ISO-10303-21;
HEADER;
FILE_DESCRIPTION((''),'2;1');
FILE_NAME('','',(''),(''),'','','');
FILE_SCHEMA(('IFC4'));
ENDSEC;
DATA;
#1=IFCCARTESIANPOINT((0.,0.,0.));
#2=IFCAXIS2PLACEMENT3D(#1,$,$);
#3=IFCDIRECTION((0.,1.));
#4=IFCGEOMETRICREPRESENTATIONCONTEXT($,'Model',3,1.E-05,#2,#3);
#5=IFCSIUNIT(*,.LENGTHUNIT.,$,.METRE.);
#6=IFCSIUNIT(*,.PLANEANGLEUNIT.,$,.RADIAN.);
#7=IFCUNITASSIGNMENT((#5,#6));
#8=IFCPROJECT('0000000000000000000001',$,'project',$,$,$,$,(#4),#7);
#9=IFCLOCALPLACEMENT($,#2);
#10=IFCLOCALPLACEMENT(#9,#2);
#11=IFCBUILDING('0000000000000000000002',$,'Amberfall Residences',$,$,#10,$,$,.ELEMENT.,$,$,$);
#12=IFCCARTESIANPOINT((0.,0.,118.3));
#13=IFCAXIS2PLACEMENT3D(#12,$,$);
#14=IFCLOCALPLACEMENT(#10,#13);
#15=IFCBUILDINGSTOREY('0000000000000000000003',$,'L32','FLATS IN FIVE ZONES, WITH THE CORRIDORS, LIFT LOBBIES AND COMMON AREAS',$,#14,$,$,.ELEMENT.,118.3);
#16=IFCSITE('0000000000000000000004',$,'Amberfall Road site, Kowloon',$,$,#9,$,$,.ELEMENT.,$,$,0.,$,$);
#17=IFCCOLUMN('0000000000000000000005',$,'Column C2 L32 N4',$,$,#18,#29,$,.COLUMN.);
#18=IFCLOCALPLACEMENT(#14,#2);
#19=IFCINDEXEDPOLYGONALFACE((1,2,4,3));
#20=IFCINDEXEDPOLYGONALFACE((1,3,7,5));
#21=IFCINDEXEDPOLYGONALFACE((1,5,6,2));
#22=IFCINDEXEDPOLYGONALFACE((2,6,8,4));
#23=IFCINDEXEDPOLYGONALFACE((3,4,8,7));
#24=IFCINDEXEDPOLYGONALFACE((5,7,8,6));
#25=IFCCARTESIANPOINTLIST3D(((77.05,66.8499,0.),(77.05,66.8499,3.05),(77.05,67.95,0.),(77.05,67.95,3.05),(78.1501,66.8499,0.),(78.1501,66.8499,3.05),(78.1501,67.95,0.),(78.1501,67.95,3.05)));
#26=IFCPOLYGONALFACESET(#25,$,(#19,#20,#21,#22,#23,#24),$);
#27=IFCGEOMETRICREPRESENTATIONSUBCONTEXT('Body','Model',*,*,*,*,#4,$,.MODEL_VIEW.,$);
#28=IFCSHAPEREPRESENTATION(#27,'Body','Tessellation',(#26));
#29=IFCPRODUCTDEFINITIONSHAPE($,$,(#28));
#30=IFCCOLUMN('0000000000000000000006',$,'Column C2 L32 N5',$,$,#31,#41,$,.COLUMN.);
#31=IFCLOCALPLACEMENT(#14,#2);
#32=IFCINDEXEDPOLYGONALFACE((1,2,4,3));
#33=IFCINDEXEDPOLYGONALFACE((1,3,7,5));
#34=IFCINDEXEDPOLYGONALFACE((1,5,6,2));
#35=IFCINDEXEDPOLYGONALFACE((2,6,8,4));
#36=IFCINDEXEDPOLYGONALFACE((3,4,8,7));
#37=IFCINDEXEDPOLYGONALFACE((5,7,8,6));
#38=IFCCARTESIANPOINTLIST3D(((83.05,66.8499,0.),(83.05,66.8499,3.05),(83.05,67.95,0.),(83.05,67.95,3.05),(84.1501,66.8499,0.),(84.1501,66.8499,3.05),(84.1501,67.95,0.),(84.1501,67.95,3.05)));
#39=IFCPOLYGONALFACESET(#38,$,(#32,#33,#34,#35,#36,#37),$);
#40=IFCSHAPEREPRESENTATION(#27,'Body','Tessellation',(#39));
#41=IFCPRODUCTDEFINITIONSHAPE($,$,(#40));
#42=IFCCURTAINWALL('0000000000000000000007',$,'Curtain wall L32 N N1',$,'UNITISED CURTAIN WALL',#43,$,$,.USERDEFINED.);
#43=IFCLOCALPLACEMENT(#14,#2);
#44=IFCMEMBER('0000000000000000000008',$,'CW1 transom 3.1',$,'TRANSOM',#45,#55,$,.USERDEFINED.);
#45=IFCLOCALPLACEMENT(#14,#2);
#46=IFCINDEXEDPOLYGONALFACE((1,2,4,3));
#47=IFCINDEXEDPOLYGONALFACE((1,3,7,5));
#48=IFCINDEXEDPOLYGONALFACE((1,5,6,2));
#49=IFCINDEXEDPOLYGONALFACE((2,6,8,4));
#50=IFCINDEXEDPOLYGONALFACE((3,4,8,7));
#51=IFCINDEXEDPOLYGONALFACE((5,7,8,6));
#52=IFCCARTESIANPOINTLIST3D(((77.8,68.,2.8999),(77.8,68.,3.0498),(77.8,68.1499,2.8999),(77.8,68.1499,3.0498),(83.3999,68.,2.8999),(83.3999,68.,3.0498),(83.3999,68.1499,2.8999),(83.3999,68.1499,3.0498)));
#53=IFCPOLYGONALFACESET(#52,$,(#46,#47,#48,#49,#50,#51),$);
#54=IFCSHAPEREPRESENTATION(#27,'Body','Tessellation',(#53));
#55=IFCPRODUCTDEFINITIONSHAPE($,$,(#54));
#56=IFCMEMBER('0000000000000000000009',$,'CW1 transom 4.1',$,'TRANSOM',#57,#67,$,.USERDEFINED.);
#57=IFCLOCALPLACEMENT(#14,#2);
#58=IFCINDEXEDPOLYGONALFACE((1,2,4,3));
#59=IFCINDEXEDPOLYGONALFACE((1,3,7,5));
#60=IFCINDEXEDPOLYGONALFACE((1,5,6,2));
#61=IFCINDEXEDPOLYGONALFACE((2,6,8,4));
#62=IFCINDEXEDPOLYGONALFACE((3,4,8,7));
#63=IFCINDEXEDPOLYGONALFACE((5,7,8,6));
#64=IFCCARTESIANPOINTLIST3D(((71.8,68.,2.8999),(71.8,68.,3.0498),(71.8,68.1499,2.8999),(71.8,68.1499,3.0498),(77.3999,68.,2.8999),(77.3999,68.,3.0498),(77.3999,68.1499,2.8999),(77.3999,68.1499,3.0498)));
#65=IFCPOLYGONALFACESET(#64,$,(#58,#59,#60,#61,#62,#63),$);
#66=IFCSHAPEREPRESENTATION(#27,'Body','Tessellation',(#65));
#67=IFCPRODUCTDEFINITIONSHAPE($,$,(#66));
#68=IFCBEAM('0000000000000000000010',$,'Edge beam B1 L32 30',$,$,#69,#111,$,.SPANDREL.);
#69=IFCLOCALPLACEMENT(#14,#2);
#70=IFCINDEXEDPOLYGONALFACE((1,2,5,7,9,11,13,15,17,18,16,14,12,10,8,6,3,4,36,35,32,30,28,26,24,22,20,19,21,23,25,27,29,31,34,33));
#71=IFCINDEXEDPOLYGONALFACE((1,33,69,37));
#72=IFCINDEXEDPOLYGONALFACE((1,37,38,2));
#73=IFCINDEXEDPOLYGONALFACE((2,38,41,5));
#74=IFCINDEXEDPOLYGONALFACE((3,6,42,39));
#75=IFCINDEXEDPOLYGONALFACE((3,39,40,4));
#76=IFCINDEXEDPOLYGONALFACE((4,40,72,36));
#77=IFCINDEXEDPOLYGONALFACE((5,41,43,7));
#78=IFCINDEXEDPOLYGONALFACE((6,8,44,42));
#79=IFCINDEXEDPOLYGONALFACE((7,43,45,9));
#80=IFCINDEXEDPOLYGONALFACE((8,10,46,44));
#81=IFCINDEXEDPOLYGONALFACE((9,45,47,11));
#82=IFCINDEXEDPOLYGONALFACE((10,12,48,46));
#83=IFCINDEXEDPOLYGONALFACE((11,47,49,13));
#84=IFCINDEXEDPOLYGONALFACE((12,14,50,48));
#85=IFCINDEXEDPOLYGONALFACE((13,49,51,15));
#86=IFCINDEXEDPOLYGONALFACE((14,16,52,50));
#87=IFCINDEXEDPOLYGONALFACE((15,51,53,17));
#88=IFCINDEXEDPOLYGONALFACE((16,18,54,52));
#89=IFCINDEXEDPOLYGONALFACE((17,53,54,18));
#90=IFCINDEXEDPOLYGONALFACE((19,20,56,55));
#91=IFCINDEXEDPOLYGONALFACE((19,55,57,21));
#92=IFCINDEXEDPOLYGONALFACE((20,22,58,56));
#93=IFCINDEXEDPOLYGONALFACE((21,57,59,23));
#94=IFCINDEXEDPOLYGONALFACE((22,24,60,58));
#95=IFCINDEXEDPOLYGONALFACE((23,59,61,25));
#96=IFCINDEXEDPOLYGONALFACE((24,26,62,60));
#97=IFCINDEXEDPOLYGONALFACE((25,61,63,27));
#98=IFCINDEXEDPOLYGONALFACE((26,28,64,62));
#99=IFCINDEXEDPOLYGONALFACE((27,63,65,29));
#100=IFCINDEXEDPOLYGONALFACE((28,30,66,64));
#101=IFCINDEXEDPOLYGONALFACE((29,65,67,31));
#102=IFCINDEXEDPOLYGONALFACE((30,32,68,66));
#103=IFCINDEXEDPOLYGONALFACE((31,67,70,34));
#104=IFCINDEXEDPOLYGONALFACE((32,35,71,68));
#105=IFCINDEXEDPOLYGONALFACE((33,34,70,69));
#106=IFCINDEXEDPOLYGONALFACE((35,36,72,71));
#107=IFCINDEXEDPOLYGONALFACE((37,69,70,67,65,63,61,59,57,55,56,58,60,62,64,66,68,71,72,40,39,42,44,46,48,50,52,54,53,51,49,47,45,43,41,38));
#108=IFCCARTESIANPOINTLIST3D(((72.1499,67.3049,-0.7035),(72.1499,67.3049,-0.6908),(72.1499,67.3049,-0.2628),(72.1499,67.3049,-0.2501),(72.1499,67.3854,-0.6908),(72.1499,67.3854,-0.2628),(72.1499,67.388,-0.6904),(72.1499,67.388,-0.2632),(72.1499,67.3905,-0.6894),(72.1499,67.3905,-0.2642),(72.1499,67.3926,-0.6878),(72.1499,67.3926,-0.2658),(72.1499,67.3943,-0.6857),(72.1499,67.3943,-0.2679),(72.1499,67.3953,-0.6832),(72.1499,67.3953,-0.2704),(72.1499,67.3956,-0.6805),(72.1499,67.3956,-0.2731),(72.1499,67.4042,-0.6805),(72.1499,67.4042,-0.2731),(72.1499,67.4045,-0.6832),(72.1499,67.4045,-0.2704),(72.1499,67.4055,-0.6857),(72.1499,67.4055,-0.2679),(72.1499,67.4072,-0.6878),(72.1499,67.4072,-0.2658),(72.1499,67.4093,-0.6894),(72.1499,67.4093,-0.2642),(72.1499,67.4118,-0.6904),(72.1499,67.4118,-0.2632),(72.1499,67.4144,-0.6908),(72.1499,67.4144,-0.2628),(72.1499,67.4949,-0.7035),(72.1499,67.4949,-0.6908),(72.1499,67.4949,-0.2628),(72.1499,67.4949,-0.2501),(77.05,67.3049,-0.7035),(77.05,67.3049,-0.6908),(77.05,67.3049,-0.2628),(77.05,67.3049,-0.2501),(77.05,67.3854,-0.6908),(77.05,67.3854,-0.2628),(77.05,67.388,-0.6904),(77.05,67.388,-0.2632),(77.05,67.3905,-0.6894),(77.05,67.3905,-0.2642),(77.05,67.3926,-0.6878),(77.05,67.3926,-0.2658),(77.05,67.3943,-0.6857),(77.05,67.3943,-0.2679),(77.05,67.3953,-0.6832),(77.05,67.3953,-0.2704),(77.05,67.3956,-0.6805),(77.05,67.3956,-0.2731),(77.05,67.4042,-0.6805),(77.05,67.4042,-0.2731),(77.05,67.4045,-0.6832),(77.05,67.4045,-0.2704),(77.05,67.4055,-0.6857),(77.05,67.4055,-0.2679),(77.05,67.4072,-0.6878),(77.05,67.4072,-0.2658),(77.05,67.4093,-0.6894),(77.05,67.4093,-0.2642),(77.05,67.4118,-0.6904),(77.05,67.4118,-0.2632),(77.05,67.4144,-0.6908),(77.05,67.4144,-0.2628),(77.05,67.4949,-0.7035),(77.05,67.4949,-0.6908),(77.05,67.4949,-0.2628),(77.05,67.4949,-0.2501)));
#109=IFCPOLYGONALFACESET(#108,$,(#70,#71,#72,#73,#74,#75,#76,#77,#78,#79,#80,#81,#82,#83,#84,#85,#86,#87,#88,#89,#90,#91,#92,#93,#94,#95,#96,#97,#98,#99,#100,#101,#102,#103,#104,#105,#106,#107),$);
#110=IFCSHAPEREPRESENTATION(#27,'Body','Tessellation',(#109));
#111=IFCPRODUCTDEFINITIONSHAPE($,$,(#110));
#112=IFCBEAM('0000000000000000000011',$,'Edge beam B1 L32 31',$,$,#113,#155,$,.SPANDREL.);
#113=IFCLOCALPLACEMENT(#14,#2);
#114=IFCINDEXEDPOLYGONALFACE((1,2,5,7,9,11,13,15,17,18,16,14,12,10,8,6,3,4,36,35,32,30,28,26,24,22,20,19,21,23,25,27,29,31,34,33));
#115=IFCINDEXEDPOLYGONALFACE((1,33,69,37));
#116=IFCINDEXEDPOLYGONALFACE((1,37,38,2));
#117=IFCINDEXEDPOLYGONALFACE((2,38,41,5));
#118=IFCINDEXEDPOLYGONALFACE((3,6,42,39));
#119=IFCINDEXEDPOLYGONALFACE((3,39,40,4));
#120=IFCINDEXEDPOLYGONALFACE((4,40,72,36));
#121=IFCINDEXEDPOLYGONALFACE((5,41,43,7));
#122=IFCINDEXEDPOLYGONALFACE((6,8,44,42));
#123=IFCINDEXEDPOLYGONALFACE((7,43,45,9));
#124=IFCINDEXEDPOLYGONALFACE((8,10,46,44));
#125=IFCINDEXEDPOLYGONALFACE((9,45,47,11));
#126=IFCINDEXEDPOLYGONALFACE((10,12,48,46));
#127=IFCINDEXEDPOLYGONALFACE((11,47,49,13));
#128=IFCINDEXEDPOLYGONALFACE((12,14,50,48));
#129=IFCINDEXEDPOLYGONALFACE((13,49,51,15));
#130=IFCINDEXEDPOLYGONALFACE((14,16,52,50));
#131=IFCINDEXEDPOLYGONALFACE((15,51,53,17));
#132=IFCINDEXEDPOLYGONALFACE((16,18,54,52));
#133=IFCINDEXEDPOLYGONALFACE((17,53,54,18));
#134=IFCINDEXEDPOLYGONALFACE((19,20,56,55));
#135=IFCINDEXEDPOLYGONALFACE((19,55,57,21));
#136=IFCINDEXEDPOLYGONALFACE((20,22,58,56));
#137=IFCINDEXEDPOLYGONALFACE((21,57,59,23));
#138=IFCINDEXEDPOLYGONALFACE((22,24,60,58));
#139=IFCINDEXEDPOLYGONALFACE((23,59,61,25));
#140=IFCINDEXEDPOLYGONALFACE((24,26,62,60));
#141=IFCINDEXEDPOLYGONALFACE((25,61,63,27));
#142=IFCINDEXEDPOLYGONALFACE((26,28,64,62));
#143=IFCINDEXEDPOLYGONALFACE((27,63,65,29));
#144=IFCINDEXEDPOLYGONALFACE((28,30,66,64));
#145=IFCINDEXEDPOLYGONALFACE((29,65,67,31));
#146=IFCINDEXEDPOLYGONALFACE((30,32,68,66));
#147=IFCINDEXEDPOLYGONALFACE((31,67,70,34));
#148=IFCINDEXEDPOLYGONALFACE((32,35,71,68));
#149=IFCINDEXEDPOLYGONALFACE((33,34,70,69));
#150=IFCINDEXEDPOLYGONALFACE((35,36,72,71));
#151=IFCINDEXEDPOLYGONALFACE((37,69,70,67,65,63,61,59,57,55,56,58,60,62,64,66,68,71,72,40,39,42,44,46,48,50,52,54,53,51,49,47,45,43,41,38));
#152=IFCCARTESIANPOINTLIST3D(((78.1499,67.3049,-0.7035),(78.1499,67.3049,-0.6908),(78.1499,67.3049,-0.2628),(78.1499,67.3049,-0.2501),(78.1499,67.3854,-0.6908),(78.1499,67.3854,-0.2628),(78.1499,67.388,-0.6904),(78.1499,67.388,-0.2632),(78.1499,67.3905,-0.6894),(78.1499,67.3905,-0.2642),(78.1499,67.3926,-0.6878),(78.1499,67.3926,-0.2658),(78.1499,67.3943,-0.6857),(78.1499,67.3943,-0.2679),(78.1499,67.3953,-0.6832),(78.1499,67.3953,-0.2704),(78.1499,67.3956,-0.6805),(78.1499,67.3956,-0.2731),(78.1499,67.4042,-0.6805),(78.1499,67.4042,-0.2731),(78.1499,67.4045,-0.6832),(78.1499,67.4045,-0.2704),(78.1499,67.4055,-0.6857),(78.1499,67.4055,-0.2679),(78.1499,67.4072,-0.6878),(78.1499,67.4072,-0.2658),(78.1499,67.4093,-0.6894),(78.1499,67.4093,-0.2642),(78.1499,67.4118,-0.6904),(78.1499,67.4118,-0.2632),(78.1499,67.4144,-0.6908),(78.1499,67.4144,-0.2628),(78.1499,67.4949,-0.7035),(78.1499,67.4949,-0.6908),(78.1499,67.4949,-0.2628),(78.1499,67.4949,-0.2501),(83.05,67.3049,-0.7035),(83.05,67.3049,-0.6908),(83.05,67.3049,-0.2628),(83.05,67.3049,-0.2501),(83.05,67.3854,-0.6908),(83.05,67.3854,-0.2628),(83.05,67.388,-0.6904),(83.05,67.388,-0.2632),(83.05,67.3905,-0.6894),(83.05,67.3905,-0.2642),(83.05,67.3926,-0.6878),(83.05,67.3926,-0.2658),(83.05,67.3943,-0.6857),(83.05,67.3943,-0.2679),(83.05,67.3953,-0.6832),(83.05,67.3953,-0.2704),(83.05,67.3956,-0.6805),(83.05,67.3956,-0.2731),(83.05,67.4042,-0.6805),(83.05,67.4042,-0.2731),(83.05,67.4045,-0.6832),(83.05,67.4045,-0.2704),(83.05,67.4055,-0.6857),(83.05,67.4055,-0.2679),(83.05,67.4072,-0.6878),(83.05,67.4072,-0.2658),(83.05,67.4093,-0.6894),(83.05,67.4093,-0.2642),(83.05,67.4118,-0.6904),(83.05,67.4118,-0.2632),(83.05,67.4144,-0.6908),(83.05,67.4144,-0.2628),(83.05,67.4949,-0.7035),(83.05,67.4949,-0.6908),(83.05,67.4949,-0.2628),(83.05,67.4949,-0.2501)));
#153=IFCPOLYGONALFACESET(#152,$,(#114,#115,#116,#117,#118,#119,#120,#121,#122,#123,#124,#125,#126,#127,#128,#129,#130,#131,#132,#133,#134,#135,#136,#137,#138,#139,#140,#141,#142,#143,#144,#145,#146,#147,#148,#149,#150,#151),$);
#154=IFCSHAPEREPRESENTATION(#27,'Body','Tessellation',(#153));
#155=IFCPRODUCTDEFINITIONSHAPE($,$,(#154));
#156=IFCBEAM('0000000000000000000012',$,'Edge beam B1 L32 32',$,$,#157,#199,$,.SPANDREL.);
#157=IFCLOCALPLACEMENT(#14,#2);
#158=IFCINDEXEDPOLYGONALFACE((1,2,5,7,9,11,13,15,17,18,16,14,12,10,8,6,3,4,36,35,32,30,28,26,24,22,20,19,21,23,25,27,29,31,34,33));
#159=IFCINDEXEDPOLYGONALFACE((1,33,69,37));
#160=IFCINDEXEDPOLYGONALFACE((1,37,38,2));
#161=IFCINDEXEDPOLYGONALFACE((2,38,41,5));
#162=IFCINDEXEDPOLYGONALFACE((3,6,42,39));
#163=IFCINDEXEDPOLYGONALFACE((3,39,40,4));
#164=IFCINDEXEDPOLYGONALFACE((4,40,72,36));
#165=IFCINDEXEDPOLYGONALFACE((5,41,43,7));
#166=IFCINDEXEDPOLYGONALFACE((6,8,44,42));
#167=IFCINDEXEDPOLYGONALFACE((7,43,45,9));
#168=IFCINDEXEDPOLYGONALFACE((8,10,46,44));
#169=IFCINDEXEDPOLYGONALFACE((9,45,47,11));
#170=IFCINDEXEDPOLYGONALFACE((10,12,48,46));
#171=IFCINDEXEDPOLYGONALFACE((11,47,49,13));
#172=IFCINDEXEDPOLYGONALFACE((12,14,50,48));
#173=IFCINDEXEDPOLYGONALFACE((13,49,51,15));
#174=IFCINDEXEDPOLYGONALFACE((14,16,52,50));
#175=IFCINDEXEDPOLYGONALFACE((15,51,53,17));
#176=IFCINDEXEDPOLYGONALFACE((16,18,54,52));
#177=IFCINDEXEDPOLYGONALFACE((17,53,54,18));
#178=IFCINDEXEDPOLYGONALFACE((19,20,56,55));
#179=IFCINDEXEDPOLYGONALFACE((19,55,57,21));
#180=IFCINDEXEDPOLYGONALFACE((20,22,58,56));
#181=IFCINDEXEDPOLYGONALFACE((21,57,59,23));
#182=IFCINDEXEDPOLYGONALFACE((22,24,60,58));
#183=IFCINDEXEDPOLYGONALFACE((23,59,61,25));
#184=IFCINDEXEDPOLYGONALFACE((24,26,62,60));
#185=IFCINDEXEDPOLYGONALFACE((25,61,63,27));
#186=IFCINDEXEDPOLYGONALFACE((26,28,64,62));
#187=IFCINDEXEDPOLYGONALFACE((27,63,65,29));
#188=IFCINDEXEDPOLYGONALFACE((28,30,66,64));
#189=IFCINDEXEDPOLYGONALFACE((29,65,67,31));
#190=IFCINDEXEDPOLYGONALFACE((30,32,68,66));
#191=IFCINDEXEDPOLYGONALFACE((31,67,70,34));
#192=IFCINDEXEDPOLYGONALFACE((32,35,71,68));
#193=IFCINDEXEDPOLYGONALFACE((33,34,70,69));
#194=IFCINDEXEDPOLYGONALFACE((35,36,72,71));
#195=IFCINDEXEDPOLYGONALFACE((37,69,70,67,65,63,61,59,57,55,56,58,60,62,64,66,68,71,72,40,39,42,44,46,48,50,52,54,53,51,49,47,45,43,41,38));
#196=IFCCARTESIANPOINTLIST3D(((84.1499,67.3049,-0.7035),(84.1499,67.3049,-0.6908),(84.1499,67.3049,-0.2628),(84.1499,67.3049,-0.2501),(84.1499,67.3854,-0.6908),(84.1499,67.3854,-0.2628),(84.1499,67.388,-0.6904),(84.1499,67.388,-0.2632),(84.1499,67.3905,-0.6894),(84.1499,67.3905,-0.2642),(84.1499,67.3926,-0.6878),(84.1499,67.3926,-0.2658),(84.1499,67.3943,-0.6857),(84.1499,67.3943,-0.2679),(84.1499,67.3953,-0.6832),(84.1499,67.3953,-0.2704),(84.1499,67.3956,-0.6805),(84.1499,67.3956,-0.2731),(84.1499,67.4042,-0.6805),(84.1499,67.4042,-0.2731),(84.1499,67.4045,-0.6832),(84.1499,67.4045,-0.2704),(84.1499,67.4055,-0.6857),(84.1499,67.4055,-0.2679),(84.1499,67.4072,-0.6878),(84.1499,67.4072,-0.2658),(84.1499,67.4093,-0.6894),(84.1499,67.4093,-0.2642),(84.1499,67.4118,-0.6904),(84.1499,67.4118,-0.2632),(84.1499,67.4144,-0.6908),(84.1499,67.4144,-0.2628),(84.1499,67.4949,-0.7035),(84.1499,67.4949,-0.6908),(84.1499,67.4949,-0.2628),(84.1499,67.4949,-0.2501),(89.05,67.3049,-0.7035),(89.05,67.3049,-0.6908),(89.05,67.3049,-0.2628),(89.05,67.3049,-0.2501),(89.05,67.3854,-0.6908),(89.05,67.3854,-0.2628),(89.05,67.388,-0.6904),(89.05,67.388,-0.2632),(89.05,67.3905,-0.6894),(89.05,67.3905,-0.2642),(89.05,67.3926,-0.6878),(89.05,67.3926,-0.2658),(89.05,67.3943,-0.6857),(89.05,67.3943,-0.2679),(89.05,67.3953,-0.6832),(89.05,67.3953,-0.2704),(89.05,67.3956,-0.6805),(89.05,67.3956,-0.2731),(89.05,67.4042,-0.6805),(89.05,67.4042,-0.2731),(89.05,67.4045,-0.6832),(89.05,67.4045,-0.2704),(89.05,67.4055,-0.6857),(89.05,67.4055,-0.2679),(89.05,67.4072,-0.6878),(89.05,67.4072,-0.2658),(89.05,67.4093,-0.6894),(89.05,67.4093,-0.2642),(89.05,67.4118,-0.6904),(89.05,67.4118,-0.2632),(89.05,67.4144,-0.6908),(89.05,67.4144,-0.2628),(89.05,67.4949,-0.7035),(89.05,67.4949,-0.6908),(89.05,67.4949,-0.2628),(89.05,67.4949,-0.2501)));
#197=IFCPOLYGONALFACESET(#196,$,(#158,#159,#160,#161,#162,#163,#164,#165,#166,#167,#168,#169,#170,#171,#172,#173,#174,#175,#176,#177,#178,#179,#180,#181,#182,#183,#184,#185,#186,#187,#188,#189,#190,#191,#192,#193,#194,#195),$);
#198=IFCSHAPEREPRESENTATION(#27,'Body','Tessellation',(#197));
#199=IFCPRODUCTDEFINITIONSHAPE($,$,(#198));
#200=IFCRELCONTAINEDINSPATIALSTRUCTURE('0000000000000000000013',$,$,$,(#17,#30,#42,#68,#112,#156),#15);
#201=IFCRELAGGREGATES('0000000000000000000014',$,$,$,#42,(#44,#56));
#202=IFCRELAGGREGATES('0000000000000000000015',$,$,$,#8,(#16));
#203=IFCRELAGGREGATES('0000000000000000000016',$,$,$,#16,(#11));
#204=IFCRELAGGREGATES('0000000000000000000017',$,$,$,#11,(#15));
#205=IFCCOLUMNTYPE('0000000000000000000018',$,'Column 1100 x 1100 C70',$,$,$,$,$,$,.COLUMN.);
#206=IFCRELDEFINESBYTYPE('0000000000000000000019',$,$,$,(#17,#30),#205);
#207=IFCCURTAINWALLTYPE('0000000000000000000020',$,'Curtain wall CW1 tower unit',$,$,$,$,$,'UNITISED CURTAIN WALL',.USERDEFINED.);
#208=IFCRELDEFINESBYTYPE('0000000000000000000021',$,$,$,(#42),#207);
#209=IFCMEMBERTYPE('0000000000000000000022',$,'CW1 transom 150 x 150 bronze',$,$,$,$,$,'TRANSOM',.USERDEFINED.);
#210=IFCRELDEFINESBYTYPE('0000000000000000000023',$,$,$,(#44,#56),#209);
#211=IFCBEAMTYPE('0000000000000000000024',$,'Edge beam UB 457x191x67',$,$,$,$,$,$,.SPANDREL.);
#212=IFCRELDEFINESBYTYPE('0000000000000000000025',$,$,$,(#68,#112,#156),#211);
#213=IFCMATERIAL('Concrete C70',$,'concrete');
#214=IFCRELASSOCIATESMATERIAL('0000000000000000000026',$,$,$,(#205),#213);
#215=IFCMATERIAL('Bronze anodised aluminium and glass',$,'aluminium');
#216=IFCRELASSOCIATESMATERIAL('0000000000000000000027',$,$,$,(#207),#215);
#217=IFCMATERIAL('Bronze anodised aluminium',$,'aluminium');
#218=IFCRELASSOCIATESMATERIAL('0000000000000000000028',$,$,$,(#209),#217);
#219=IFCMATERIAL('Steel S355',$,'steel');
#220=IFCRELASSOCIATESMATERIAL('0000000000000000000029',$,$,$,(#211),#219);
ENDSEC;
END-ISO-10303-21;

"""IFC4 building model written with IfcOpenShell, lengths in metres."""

from ifc_helpers import new_model, si_unit, direction, frame, origin, origin_2d, place, context, subcontext, project, spatial, rectangle, i_section, extrude, material, material_profile, profile_set, type_object, element, aggregate, save


model = new_model("IFC4")

# Units and contexts
model_context = context("Model", 3, precision=1e-05, world=origin(), true_north=direction((0.0, 1.0)))
body_context = subcontext(model_context, "Body", "Model", "MODEL_VIEW")
ifc_project = project(units=[si_unit("LENGTHUNIT", "METRE"), si_unit("PLANEANGLEUNIT", "RADIAN")], contexts=[model_context])

# Site, building, storey
site_placement = place(None, origin())
site = spatial("IfcSite", under=ifc_project, at=site_placement, Name="Amberfall Road site, Kowloon", CompositionType="ELEMENT", RefElevation=0.0)
building_placement = place(site_placement, origin())
building = spatial("IfcBuilding", under=site, at=building_placement, Name="Amberfall Residences", CompositionType="ELEMENT")
storey_placement = place(building_placement, frame((0.0, 0.0, 118.3)))
storey = spatial("IfcBuildingStorey", under=building, at=storey_placement, Name="L32", Description="FLATS IN FIVE ZONES, WITH THE CORRIDORS, LIFT LOBBIES AND COMMON AREAS", CompositionType="ELEMENT", Elevation=118.3)

# Columns
ifc_material_1 = material(Name="Concrete C70", Category="concrete")
ifc_material_profile_1 = material_profile(ifc_material_1, rectangle(XDim=1.1001, YDim=1.1001, at=origin_2d()), Name="Column 1100 x 1100 C70")
ifc_profile_set_1 = profile_set([ifc_material_profile_1], Name="Concrete C70")
column_type = type_object("IfcColumnType", Name="Column 1100 x 1100 C70", PredefinedType="COLUMN", material=ifc_profile_set_1)
for number, where, z_axis, x_axis, name in (
    (1, (77.6001, 67.3999, 0.0), (0.0, 0.0, 1.0), (1.0, 0.0, 0.0), "Column C2 L32 N4"),
    (2, (83.6001, 67.3999, 0.0), (0.0, 0.0, 1.0), (1.0, 0.0, 0.0), "Column C2 L32 N5"),
):
    element("IfcColumn", number, at=place(storey_placement, frame(where, z_axis=z_axis, x_axis=x_axis)), inside=storey, type_object=column_type, Name=name, PredefinedType="COLUMN", context=body_context, shape_type="SweptSolid", body=[
        extrude(rectangle(XDim=1.1001, YDim=1.1001, at=origin_2d()), origin(), (0.0, 0.0, 1.0), 3.05),
    ])

# Curtain wall, members
ifc_material_2 = material(Name="Bronze anodised aluminium and glass", Category="aluminium")
curtain_wall_type = type_object("IfcCurtainWallType", Name="Curtain wall CW1 tower unit", ElementType="UNITISED CURTAIN WALL", PredefinedType="USERDEFINED", material=ifc_material_2)
curtain_wall_placement = place(storey_placement, origin())
curtain_wall = element("IfcCurtainWall", 3, at=curtain_wall_placement, inside=storey, type_object=curtain_wall_type, Name="Curtain wall L32 N N1", ObjectType="UNITISED CURTAIN WALL", PredefinedType="USERDEFINED")
ifc_material_3 = material(Name="Bronze anodised aluminium", Category="aluminium")
ifc_material_profile_2 = material_profile(ifc_material_3, rectangle(XDim=0.1499, YDim=0.1499, at=origin_2d()), Name="CW1 transom 150 x 150 bronze")
ifc_profile_set_2 = profile_set([ifc_material_profile_2], Name="Bronze anodised aluminium")
member_type_1 = type_object("IfcMemberType", Name="CW1 transom 150 x 150 bronze", ElementType="TRANSOM", PredefinedType="USERDEFINED", material=ifc_profile_set_2)
member_1_placement = place(storey_placement, frame((83.3999, 68.075, 2.9749), z_axis=(-1.0, 0.0, 0.0), x_axis=(0.0, -1.0, 0.0)))
member_1 = element("IfcMember", 4, at=member_1_placement, type_object=member_type_1, Name="CW1 transom 3.1", ObjectType="TRANSOM", PredefinedType="USERDEFINED", context=body_context, shape_type="SweptSolid", body=[
    extrude(rectangle(XDim=0.1499, YDim=0.1499, at=origin_2d()), origin(), (0.0, 0.0, 1.0), 5.5999),
])
member_2_placement = place(storey_placement, frame((77.3999, 68.075, 2.9749), z_axis=(-1.0, 0.0, 0.0), x_axis=(0.0, -1.0, 0.0)))
member_2 = element("IfcMember", 5, at=member_2_placement, type_object=member_type_1, Name="CW1 transom 4.1", ObjectType="TRANSOM", PredefinedType="USERDEFINED", context=body_context, shape_type="SweptSolid", body=[
    extrude(rectangle(XDim=0.1499, YDim=0.1499, at=origin_2d()), origin(), (0.0, 0.0, 1.0), 5.5999),
])

# Beams
ifc_material_4 = material(Name="Steel S355", Category="steel")
ifc_material_profile_3 = material_profile(ifc_material_4, i_section(OverallWidth=0.1899, OverallDepth=0.4534, WebThickness=0.0085, FlangeThickness=0.0127, FilletRadius=0.0103, at=origin_2d()), Name="UB 457x191x67")
ifc_profile_set_3 = profile_set([ifc_material_profile_3], Name="Steel S355")
beam_type_1 = type_object("IfcBeamType", Name="Edge beam UB 457x191x67", PredefinedType="SPANDREL", material=ifc_profile_set_3)
for number, where, z_axis, x_axis, name in (
    (6, (72.1499, 67.3999, -0.4768), (1.0, 0.0, 0.0), (0.0, 1.0, 0.0), "Edge beam B1 L32 30"),
    (7, (78.1499, 67.3999, -0.4768), (1.0, 0.0, 0.0), (0.0, 1.0, 0.0), "Edge beam B1 L32 31"),
    (8, (84.1499, 67.3999, -0.4768), (1.0, 0.0, 0.0), (0.0, 1.0, 0.0), "Edge beam B1 L32 32"),
):
    element("IfcBeam", number, at=place(storey_placement, frame(where, z_axis=z_axis, x_axis=x_axis)), inside=storey, type_object=beam_type_1, Name=name, PredefinedType="SPANDREL", context=body_context, shape_type="SweptSolid", body=[
        extrude(i_section(OverallWidth=0.1899, OverallDepth=0.4534, WebThickness=0.0085, FlangeThickness=0.0127, FilletRadius=0.0103, at=origin_2d()), origin(), (0.0, 0.0, 1.0), 4.9001),
    ])

aggregate(curtain_wall, [member_1, member_2])

save(model, "model.ifc")
